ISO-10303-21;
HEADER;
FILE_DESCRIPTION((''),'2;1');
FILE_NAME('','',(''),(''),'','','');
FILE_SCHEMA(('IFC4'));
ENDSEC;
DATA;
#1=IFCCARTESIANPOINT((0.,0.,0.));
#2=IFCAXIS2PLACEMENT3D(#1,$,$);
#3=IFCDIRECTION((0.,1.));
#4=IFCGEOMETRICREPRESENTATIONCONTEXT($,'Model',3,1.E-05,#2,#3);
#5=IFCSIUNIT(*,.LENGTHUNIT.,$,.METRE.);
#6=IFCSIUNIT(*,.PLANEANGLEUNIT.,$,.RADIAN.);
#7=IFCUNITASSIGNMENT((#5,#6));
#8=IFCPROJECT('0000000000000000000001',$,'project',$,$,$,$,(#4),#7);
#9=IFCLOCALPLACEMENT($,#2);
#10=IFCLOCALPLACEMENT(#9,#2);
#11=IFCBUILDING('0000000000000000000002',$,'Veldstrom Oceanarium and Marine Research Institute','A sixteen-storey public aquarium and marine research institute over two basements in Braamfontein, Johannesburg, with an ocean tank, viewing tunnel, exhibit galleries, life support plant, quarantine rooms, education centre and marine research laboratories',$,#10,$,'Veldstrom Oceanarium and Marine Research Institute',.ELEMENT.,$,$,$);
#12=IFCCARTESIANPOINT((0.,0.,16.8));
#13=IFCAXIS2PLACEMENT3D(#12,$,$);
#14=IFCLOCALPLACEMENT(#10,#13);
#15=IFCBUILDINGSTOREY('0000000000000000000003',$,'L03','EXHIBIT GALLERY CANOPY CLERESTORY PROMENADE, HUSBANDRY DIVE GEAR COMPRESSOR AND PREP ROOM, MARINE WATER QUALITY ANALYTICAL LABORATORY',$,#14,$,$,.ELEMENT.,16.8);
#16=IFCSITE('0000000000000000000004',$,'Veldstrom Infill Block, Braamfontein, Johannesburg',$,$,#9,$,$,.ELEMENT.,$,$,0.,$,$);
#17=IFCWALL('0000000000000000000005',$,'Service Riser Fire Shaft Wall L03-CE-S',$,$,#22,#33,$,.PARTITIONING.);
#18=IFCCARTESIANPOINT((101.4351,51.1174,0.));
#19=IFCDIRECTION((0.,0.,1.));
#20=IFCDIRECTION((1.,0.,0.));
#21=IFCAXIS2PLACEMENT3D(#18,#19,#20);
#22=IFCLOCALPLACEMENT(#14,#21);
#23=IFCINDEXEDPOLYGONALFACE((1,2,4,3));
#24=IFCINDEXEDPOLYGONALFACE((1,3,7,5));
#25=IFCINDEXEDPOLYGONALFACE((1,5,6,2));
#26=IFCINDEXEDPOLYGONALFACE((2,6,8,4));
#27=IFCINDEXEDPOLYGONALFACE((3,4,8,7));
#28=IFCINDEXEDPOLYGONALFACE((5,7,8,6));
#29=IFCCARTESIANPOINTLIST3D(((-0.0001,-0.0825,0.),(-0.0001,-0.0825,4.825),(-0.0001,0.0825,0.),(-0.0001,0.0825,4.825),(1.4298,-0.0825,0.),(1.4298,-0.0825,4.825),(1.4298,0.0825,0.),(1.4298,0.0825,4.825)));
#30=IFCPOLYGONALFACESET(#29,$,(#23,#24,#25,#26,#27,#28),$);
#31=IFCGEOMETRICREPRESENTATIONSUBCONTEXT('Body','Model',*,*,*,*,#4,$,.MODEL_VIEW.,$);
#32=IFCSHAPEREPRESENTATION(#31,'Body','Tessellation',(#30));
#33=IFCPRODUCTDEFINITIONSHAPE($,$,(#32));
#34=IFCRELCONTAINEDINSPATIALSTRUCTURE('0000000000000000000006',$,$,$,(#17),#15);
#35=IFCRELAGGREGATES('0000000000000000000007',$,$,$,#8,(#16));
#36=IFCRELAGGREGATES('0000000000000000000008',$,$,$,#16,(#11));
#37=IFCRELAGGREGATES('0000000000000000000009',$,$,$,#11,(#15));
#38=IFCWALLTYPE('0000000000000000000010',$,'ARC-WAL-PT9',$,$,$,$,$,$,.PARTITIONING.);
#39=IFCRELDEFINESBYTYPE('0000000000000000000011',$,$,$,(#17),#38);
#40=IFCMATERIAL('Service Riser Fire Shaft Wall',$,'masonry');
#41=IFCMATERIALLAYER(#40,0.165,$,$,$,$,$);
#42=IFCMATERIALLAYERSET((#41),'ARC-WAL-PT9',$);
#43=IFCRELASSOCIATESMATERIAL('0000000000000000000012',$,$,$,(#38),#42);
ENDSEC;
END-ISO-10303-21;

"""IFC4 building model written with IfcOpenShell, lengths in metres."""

from ifc_helpers import new_model, si_unit, direction, frame, frame_2d, origin, place, context, subcontext, project, spatial, rectangle, extrude, material, layer, layer_set, type_object, element, save


model = new_model("IFC4")

# Units and contexts
model_context = context("Model", 3, precision=1e-05, world=origin(), true_north=direction((0.0, 1.0)))
body_context = subcontext(model_context, "Body", "Model", "MODEL_VIEW")
ifc_project = project(units=[si_unit("LENGTHUNIT", "METRE"), si_unit("PLANEANGLEUNIT", "RADIAN")], contexts=[model_context])

# Site, building, storey
site_placement = place(None, origin())
site = spatial("IfcSite", under=ifc_project, at=site_placement, Name="Veldstrom Infill Block, Braamfontein, Johannesburg", CompositionType="ELEMENT", RefElevation=0.0)
building_placement = place(site_placement, origin())
building = spatial("IfcBuilding", under=site, at=building_placement, Name="Veldstrom Oceanarium and Marine Research Institute", Description="A sixteen-storey public aquarium and marine research institute over two basements in Braamfontein, Johannesburg, with an ocean tank, viewing tunnel, exhibit galleries, life support plant, quarantine rooms, education centre and marine research laboratories", LongName="Veldstrom Oceanarium and Marine Research Institute", CompositionType="ELEMENT")
storey_placement = place(building_placement, frame((0.0, 0.0, 16.8)))
storey = spatial("IfcBuildingStorey", under=building, at=storey_placement, Name="L03", Description="EXHIBIT GALLERY CANOPY CLERESTORY PROMENADE, HUSBANDRY DIVE GEAR COMPRESSOR AND PREP ROOM, MARINE WATER QUALITY ANALYTICAL LABORATORY", CompositionType="ELEMENT", Elevation=16.8)

# Wall
ifc_material_1 = material(Name="Service Riser Fire Shaft Wall", Category="masonry")
ifc_layer_1 = layer(ifc_material_1, 0.165)
ifc_layer_set_1 = layer_set([ifc_layer_1], Name="ARC-WAL-PT9")
wall_type_1 = type_object("IfcWallType", Name="ARC-WAL-PT9", PredefinedType="PARTITIONING", material=ifc_layer_set_1)
wall_1_placement = place(storey_placement, frame((101.4351, 51.1174, 0.0), z_axis=(0.0, 0.0, 1.0), x_axis=(1.0, 0.0, 0.0)))
element("IfcWall", 1, at=wall_1_placement, inside=storey, type_object=wall_type_1, Name="Service Riser Fire Shaft Wall L03-CE-S", PredefinedType="PARTITIONING", context=body_context, shape_type="SweptSolid", body=[
    extrude(rectangle(XDim=1.4299, YDim=0.165, at=frame_2d((0.7148, 0.0))), origin(), (0.0, 0.0, 1.0), 4.825),
])

save(model, "model.ifc")
